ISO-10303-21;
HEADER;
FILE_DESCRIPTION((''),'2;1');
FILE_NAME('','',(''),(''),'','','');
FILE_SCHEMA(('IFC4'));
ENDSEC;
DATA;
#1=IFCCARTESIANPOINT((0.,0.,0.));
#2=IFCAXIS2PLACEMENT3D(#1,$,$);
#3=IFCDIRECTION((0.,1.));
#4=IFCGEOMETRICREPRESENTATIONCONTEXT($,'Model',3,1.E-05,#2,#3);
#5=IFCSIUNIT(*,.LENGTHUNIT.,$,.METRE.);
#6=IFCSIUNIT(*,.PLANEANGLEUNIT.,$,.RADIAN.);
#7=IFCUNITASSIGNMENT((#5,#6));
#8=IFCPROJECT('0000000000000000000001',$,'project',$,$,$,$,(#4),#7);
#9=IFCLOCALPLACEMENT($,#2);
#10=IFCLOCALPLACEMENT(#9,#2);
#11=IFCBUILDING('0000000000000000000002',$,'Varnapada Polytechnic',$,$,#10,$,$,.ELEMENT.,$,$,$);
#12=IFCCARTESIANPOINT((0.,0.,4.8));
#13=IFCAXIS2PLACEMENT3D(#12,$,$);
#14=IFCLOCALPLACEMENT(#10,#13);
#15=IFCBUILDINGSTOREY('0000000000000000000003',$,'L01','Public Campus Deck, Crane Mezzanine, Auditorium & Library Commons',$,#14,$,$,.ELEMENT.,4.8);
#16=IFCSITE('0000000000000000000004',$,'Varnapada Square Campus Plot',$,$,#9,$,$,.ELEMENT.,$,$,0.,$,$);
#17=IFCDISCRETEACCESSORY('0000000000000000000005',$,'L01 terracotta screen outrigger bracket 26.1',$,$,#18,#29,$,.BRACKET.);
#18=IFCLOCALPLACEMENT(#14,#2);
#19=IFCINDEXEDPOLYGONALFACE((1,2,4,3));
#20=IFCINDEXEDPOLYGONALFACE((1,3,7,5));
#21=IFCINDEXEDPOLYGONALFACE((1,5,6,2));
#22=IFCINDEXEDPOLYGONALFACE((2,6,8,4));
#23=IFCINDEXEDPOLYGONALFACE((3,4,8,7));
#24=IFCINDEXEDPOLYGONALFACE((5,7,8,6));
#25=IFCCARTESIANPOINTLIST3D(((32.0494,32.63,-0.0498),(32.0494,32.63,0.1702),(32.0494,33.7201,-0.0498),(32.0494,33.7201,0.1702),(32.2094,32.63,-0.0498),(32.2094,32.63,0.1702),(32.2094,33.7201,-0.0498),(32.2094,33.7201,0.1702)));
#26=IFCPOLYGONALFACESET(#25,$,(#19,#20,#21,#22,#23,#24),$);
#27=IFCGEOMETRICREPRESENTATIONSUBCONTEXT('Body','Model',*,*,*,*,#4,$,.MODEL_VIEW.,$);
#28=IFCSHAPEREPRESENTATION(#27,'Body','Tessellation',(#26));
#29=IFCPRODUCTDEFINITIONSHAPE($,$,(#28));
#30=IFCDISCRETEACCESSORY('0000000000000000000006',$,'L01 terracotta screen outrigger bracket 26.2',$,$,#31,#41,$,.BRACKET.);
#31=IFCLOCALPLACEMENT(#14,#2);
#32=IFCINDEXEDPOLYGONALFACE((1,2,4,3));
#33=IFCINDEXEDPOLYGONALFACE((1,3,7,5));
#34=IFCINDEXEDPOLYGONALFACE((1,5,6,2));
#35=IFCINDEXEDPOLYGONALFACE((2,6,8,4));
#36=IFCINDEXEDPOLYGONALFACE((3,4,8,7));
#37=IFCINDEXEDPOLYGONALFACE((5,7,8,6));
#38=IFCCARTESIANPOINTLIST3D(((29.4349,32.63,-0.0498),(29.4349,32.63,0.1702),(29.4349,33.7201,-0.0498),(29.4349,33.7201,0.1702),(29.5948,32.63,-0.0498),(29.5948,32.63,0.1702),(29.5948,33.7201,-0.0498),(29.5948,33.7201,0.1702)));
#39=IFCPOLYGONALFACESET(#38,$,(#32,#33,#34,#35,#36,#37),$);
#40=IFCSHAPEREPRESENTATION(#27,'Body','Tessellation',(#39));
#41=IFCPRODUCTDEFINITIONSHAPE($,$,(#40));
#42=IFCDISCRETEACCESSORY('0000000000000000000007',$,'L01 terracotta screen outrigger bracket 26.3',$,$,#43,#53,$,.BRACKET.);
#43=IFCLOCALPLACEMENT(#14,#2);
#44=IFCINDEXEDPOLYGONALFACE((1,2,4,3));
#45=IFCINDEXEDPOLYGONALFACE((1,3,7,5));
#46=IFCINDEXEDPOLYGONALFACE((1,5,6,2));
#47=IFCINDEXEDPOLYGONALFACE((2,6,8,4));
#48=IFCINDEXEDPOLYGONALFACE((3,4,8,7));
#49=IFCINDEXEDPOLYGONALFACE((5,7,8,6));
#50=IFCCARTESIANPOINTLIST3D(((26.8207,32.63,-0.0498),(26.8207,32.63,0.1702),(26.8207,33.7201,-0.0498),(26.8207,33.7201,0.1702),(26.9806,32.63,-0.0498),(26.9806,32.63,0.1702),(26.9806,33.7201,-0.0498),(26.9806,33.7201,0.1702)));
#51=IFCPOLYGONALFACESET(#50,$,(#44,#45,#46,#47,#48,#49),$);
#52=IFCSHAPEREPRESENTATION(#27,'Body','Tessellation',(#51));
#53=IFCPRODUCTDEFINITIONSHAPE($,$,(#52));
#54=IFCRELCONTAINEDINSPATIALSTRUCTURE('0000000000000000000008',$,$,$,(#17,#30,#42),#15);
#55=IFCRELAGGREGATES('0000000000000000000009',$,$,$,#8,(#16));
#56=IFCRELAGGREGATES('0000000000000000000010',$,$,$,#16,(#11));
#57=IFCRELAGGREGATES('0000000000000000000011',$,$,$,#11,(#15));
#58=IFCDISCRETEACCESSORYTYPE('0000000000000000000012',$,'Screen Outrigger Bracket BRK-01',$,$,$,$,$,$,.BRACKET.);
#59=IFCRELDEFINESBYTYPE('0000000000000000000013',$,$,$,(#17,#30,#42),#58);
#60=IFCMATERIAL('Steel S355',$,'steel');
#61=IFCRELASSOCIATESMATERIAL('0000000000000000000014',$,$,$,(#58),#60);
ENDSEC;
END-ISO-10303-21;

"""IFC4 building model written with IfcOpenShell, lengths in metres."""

from ifc_helpers import new_model, si_unit, direction, frame, origin, origin_2d, place, context, subcontext, project, spatial, rectangle, extrude, material, type_object, element, save


model = new_model("IFC4")

# Units and contexts
model_context = context("Model", 3, precision=1e-05, world=origin(), true_north=direction((0.0, 1.0)))
body_context = subcontext(model_context, "Body", "Model", "MODEL_VIEW")
ifc_project = project(units=[si_unit("LENGTHUNIT", "METRE"), si_unit("PLANEANGLEUNIT", "RADIAN")], contexts=[model_context])

# Site, building, storey
site_placement = place(None, origin())
site = spatial("IfcSite", under=ifc_project, at=site_placement, Name="Varnapada Square Campus Plot", CompositionType="ELEMENT", RefElevation=0.0)
building_placement = place(site_placement, origin())
building = spatial("IfcBuilding", under=site, at=building_placement, Name="Varnapada Polytechnic", CompositionType="ELEMENT")
storey_placement = place(building_placement, frame((0.0, 0.0, 4.8)))
storey = spatial("IfcBuildingStorey", under=building, at=storey_placement, Name="L01", Description="Public Campus Deck, Crane Mezzanine, Auditorium & Library Commons", CompositionType="ELEMENT", Elevation=4.8)

# Discrete accessories
ifc_material_1 = material(Name="Steel S355", Category="steel")
discrete_accessory_type = type_object("IfcDiscreteAccessoryType", Name="Screen Outrigger Bracket BRK-01", PredefinedType="BRACKET", material=ifc_material_1)
for number, where, z_axis, x_axis, name in (
    (1, (32.1294, 33.175, -0.0498), (0.0, 0.0, 1.0), (-1.0, 0.0, 0.0), "L01 terracotta screen outrigger bracket 26.1"),
    (2, (29.5149, 33.175, -0.0498), (0.0, 0.0, 1.0), (-1.0, 0.0, 0.0), "L01 terracotta screen outrigger bracket 26.2"),
    (3, (26.9006, 33.175, -0.0498), (0.0, 0.0, 1.0), (-1.0, 0.0, 0.0), "L01 terracotta screen outrigger bracket 26.3"),
):
    element("IfcDiscreteAccessory", number, at=place(storey_placement, frame(where, z_axis=z_axis, x_axis=x_axis)), inside=storey, type_object=discrete_accessory_type, Name=name, PredefinedType="BRACKET", context=body_context, shape_type="SweptSolid", body=[
        extrude(rectangle(XDim=0.1599, YDim=1.0901, at=origin_2d()), origin(), (0.0, 0.0, 1.0), 0.22),
    ])

save(model, "model.ifc")
